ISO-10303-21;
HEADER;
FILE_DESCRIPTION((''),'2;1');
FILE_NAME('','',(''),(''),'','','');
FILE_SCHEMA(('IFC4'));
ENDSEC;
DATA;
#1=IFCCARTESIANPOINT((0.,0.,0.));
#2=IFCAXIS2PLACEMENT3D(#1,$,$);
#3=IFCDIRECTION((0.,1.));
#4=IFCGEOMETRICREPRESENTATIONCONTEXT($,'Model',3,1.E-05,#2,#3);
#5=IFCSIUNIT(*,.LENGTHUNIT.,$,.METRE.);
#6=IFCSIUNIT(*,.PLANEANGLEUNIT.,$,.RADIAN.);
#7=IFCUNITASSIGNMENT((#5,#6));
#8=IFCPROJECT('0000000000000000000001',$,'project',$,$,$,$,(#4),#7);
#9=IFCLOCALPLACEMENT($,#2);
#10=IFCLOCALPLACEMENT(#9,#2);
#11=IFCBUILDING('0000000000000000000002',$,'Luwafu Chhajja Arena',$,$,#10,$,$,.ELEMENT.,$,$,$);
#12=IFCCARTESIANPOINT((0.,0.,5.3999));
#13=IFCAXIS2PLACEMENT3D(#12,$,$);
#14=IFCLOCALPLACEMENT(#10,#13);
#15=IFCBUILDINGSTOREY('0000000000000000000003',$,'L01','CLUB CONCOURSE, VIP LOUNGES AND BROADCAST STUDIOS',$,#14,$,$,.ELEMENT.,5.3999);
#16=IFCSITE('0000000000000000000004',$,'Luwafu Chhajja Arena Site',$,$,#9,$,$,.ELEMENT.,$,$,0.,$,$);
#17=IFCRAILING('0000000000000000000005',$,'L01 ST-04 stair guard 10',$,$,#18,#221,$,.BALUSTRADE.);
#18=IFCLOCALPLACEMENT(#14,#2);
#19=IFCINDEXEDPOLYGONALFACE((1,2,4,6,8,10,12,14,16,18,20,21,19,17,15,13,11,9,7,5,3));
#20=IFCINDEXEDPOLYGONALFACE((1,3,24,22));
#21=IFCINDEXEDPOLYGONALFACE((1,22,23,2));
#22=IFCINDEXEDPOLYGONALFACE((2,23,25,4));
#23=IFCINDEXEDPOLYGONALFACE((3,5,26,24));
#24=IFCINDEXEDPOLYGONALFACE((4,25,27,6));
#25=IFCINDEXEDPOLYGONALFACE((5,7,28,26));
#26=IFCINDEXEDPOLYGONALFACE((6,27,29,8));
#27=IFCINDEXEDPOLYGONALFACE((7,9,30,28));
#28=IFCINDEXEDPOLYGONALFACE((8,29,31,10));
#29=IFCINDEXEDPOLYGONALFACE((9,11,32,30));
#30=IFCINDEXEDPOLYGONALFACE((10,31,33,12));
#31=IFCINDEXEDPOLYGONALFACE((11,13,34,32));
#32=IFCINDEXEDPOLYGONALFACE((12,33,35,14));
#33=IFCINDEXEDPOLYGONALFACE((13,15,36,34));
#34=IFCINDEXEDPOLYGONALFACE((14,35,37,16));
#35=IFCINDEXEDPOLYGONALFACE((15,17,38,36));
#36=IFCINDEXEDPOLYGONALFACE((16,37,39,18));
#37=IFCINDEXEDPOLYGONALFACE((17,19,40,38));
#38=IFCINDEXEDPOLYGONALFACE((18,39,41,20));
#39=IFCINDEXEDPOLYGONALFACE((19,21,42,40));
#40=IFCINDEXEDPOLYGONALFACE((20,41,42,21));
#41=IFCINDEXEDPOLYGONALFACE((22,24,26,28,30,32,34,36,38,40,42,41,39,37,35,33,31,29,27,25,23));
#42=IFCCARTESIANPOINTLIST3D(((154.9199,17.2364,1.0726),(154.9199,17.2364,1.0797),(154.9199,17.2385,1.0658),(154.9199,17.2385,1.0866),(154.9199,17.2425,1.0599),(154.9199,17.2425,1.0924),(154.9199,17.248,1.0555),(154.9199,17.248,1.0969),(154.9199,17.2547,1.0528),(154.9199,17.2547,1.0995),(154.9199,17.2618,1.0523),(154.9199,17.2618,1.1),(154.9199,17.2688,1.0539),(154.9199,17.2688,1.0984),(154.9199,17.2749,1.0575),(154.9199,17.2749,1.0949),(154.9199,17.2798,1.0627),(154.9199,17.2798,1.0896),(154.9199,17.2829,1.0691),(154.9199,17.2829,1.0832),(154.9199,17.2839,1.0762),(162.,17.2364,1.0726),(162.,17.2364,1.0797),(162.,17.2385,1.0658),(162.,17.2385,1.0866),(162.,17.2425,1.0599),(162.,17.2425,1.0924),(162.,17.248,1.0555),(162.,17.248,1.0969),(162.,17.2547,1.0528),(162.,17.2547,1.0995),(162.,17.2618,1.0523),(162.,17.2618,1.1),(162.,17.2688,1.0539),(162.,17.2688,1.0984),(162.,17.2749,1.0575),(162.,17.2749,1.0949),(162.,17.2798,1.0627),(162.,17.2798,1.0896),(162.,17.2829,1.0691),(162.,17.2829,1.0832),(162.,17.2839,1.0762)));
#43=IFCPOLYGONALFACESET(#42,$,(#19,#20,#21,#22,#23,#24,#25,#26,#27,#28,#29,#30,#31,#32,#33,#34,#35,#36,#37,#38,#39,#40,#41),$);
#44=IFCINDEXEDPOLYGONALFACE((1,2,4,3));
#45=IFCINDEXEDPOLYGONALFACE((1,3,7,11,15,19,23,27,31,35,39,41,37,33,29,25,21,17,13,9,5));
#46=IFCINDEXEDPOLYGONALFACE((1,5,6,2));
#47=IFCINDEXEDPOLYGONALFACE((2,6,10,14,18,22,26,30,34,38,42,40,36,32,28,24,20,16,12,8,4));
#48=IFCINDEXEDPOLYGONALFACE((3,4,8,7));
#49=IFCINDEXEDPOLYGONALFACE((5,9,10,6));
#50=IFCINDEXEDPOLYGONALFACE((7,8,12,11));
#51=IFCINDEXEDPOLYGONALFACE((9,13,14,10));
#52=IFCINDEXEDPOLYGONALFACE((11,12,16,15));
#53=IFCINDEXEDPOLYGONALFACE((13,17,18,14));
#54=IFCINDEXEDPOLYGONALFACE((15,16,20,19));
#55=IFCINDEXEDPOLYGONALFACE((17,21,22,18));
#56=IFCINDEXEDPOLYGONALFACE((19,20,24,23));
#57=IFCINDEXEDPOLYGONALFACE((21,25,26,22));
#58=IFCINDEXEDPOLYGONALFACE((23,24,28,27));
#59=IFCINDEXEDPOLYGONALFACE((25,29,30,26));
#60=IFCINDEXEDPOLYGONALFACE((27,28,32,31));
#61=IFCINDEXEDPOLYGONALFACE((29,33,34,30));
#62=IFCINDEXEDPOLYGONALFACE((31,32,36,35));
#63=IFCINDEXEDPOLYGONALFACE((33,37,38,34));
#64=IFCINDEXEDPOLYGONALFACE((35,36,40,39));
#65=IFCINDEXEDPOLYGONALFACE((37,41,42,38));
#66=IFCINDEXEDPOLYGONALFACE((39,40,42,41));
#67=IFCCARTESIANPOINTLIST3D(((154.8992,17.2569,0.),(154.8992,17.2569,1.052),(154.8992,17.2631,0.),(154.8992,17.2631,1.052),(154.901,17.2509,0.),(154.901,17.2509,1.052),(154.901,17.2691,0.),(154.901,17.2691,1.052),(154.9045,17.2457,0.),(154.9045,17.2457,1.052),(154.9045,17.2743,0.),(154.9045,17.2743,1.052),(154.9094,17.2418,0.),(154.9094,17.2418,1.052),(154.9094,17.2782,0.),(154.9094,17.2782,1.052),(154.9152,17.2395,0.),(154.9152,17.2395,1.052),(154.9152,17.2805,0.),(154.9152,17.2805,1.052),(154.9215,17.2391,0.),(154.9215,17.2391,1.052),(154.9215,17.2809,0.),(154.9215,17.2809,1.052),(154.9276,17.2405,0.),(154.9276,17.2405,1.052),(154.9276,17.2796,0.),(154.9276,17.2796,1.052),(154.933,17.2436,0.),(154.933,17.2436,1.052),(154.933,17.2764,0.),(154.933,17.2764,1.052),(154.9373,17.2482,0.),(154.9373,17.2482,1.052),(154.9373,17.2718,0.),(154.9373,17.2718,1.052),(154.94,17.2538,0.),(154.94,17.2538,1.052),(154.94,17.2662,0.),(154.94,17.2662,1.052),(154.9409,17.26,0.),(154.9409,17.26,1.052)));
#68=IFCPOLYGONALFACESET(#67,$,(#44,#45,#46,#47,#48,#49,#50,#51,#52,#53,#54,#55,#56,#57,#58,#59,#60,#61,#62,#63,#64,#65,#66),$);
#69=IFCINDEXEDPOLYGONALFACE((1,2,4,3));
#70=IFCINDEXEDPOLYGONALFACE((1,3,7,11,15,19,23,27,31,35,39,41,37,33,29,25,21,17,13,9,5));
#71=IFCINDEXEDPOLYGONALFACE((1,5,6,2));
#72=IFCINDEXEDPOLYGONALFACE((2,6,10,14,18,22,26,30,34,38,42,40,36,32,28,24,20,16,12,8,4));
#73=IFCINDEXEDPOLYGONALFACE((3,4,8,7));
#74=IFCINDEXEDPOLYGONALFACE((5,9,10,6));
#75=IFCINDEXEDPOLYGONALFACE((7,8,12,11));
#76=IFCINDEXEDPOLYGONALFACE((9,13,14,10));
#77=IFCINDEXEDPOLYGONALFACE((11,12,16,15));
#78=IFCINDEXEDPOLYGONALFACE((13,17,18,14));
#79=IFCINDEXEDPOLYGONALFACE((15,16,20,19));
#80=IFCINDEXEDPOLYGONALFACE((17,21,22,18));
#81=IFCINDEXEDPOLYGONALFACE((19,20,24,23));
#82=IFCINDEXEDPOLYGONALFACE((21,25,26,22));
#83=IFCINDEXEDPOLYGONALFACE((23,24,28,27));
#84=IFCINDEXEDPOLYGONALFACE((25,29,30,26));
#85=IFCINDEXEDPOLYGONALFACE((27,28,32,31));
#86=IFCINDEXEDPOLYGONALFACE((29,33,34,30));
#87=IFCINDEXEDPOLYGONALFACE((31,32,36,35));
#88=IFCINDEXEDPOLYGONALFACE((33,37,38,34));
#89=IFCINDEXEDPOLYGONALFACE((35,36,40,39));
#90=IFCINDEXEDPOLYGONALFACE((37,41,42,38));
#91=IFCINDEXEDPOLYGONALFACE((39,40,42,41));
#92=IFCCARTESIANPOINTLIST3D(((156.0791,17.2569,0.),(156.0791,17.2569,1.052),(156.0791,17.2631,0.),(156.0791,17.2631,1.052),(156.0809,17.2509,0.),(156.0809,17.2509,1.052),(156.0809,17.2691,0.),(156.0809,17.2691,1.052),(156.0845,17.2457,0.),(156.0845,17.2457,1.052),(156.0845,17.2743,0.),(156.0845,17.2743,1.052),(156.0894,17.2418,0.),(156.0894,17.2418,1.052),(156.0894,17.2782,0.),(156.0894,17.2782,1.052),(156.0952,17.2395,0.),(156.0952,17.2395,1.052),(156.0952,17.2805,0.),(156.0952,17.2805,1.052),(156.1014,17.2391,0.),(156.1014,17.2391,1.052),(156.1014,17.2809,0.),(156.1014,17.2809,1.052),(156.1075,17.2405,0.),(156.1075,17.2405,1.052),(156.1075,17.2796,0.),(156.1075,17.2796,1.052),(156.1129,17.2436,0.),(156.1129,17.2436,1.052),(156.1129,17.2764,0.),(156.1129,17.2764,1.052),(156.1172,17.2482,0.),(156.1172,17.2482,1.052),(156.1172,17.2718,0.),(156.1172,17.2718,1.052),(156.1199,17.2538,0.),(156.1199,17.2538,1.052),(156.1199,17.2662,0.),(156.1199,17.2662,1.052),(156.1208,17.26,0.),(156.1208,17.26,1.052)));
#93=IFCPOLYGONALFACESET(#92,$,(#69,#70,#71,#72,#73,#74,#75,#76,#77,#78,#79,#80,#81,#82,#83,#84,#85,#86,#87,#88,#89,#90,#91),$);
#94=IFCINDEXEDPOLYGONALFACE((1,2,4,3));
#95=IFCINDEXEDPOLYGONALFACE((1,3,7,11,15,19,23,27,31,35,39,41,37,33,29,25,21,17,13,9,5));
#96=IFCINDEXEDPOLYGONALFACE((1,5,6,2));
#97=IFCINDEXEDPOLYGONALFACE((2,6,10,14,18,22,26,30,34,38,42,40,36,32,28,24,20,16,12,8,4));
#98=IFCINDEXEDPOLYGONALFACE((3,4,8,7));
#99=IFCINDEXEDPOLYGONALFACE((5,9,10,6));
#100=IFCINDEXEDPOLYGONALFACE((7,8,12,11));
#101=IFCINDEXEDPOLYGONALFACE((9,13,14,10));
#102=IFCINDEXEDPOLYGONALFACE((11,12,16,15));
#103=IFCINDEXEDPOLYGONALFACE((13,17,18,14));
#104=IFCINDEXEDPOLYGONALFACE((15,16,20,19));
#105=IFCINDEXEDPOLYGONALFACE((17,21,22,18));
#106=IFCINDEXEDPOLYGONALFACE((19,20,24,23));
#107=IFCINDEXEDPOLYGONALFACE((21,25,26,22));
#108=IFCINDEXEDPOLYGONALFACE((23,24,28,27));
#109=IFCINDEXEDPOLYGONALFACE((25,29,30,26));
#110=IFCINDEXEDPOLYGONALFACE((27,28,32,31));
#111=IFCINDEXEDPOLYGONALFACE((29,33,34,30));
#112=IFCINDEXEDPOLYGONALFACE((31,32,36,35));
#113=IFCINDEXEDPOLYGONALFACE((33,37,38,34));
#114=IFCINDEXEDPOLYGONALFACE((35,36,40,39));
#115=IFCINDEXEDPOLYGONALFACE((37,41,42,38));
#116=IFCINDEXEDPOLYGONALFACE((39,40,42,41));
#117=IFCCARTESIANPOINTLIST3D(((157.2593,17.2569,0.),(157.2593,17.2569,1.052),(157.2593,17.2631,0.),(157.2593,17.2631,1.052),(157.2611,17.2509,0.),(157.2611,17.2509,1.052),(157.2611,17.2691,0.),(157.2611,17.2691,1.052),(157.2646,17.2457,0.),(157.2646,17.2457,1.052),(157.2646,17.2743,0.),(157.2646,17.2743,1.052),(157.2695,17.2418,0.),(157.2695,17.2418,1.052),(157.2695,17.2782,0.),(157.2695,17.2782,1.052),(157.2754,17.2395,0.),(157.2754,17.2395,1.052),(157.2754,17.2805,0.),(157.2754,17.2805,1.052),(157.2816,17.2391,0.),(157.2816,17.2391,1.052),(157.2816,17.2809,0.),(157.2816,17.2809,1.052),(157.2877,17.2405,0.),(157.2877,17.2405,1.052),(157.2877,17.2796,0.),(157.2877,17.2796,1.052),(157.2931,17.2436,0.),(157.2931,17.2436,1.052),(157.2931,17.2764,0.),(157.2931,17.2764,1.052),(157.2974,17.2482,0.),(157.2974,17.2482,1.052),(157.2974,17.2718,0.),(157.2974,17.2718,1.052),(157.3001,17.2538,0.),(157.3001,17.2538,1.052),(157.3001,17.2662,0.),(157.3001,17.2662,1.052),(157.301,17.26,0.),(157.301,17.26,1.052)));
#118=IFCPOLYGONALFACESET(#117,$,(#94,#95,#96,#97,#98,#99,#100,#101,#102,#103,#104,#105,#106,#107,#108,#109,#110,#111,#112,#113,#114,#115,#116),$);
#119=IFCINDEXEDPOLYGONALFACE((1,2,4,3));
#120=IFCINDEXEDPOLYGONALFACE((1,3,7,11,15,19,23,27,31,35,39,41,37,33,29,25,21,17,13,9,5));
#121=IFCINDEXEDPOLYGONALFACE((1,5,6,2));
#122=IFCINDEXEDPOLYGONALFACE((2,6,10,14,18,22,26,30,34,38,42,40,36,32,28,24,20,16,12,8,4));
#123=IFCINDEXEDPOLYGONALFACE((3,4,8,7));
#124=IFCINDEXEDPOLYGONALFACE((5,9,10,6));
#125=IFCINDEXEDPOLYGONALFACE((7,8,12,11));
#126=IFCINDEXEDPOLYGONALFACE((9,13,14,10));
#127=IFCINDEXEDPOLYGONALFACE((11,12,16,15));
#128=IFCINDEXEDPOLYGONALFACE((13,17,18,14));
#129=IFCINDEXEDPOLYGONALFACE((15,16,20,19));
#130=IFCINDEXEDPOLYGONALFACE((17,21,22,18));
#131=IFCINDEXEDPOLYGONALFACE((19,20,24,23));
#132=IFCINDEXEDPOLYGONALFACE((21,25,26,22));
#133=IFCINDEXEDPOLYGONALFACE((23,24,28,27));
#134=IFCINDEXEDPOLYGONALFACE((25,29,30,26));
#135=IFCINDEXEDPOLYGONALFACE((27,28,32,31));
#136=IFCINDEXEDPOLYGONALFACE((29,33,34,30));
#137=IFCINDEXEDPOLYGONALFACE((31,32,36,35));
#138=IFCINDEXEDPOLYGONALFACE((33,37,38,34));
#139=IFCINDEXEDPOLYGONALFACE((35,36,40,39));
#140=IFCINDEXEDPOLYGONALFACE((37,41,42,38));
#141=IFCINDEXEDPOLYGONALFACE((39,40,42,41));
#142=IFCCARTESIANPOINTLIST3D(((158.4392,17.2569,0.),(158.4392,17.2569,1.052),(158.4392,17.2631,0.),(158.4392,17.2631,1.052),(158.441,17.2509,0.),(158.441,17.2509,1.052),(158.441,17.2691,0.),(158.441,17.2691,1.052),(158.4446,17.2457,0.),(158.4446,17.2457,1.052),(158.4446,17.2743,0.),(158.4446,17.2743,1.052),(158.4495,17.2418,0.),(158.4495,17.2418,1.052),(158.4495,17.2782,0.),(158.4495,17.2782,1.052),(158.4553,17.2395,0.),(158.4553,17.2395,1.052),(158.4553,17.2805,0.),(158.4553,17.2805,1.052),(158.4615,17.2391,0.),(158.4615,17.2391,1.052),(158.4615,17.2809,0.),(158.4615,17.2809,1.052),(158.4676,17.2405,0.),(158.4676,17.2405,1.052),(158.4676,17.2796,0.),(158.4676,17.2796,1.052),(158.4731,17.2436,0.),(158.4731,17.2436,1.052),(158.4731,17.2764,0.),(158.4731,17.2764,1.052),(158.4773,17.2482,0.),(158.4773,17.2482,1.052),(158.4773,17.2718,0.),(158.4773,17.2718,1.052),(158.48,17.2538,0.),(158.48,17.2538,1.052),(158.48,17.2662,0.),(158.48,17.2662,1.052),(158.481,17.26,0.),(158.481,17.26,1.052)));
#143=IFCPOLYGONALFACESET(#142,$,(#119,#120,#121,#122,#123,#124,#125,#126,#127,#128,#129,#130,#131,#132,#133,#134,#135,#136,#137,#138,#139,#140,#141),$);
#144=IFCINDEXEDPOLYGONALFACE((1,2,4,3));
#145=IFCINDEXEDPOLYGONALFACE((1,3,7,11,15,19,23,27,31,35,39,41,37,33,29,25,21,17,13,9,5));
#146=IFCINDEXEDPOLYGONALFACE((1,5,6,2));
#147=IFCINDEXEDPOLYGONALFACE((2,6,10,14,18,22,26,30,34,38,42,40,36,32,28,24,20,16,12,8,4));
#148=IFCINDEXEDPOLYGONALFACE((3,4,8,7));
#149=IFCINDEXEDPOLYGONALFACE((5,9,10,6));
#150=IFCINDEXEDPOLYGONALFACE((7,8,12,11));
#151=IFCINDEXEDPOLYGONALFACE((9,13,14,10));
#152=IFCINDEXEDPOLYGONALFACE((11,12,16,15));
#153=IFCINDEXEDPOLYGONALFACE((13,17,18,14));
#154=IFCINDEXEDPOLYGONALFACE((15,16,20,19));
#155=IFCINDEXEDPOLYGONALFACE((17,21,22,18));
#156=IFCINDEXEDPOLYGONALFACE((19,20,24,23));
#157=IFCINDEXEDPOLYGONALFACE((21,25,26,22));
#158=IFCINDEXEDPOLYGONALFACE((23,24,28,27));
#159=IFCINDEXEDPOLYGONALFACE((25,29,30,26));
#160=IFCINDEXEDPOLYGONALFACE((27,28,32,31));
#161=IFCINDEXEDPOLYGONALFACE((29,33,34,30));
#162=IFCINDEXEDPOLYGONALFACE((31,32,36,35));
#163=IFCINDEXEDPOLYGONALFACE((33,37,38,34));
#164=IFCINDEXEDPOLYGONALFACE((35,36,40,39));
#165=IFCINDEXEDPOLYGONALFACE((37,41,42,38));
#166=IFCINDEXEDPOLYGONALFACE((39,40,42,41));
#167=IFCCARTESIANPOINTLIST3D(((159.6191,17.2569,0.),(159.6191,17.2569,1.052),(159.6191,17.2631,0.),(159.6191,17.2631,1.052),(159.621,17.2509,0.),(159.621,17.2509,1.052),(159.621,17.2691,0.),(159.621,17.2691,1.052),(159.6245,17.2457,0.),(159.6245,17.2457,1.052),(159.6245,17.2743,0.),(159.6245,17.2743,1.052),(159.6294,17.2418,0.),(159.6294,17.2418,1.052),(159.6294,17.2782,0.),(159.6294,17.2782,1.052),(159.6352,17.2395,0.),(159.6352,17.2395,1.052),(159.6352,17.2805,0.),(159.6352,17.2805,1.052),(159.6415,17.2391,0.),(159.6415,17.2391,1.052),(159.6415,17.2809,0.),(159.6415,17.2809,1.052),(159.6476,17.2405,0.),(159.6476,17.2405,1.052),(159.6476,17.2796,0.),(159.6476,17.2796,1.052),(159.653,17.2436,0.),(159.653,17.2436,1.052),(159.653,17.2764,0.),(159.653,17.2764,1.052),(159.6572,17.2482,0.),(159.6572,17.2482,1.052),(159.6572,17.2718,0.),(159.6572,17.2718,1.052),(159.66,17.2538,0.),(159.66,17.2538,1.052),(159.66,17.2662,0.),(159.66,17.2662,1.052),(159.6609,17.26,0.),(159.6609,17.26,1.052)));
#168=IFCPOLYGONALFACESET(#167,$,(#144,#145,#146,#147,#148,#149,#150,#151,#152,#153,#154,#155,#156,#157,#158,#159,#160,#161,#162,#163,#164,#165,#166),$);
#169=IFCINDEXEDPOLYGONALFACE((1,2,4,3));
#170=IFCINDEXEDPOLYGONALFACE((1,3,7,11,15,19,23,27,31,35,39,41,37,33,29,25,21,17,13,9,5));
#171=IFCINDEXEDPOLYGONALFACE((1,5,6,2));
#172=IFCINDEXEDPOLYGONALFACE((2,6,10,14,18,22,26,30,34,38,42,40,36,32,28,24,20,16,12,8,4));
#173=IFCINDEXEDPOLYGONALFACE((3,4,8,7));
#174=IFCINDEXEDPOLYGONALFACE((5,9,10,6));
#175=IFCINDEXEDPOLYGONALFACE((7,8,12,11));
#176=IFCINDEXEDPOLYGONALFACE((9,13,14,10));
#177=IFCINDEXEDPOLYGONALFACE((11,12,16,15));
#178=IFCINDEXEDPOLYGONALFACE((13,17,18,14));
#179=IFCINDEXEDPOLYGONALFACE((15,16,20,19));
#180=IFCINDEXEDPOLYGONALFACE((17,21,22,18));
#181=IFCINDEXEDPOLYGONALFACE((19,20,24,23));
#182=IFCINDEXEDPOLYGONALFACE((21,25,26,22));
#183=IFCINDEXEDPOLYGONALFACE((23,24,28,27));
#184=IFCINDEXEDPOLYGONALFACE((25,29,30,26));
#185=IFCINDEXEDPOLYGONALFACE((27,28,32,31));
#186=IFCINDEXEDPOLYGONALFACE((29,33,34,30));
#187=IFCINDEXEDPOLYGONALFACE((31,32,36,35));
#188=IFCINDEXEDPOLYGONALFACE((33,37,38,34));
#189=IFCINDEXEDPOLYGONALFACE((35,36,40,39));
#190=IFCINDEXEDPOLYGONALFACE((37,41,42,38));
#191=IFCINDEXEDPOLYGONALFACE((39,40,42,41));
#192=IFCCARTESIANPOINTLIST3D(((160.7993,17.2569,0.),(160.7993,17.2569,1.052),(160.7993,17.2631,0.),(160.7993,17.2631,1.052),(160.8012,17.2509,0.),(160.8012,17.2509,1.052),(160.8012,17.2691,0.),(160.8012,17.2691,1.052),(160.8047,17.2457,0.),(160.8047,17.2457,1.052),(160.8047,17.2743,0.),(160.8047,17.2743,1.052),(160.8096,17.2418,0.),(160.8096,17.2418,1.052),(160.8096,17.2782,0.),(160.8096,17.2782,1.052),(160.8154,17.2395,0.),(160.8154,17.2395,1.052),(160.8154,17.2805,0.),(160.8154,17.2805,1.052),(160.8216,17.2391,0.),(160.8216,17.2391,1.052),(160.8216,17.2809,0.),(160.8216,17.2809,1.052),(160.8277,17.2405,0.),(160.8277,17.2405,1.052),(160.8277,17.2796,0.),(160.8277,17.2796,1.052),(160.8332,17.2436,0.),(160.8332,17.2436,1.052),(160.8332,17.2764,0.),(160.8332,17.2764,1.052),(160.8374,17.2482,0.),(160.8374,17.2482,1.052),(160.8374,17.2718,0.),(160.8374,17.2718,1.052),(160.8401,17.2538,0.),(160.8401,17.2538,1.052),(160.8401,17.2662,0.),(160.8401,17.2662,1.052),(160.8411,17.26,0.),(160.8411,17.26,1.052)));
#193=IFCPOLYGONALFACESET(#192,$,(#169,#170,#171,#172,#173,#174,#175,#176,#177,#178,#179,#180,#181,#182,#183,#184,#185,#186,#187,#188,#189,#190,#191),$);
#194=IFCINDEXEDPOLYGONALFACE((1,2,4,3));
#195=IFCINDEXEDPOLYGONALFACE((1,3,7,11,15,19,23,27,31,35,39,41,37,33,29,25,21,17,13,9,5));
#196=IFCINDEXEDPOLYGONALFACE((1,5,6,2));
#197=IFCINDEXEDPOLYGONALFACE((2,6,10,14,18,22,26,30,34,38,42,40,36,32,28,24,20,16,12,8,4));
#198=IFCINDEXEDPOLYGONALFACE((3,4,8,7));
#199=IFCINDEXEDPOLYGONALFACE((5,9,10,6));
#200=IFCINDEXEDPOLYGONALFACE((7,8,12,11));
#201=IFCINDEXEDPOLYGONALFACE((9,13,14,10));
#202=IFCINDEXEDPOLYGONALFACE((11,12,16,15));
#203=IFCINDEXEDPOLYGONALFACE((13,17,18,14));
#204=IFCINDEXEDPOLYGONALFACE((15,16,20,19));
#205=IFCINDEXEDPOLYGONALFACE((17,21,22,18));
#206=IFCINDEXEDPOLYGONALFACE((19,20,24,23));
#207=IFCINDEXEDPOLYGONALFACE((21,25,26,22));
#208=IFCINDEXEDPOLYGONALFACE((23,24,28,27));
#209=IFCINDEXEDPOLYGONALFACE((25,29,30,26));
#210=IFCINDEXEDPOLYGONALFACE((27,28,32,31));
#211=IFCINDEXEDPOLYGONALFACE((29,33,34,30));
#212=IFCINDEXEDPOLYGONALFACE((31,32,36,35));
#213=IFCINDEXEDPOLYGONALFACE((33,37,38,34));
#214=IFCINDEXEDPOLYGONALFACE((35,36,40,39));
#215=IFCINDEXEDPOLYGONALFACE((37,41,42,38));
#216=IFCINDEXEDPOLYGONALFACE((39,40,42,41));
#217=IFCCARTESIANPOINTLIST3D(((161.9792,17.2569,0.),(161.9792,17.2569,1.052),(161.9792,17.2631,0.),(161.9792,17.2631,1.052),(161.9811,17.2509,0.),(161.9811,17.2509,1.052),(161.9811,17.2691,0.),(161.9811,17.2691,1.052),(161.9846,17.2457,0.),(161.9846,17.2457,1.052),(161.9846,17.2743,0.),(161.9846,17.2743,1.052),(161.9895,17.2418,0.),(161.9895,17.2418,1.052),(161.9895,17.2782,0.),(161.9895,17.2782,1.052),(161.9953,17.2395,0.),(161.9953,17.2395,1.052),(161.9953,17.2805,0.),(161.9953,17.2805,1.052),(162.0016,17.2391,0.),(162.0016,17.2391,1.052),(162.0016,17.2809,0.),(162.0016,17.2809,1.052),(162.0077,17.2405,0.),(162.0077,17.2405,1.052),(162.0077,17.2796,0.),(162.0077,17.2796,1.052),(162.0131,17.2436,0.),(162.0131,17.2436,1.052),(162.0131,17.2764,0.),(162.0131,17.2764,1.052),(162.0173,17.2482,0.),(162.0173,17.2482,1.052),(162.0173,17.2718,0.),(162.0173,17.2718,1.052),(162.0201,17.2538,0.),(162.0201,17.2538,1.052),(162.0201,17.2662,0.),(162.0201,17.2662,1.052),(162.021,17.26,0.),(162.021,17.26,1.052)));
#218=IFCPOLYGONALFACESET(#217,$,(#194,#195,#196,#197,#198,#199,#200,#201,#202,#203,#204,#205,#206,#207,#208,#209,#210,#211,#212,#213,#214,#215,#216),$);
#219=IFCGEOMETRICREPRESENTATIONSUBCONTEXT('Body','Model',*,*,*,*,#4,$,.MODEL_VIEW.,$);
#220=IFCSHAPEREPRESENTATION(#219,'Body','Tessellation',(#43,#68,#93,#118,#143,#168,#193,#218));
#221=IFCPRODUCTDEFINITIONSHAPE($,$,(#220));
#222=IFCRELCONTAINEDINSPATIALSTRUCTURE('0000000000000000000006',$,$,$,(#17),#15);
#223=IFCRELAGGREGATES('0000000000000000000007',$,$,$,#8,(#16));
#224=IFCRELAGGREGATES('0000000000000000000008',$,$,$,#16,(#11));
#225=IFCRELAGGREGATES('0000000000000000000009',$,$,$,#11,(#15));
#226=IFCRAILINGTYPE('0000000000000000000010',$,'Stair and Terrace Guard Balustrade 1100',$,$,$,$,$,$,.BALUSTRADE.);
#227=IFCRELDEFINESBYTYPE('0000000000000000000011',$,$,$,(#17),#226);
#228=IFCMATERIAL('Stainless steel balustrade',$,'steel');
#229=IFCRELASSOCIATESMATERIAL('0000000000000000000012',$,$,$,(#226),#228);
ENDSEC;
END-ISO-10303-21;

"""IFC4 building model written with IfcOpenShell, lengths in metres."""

from ifc_helpers import new_model, si_unit, direction, frame, origin, origin_2d, place, context, subcontext, project, spatial, circle, extrude, material, type_object, element, save


model = new_model("IFC4")

# Units and contexts
model_context = context("Model", 3, precision=1e-05, world=origin(), true_north=direction((0.0, 1.0)))
body_context = subcontext(model_context, "Body", "Model", "MODEL_VIEW")
ifc_project = project(units=[si_unit("LENGTHUNIT", "METRE"), si_unit("PLANEANGLEUNIT", "RADIAN")], contexts=[model_context])

# Site, building, storey
site_placement = place(None, origin())
site = spatial("IfcSite", under=ifc_project, at=site_placement, Name="Luwafu Chhajja Arena Site", CompositionType="ELEMENT", RefElevation=0.0)
building_placement = place(site_placement, origin())
building = spatial("IfcBuilding", under=site, at=building_placement, Name="Luwafu Chhajja Arena", CompositionType="ELEMENT")
storey_placement = place(building_placement, frame((0.0, 0.0, 5.3999)))
storey = spatial("IfcBuildingStorey", under=building, at=storey_placement, Name="L01", Description="CLUB CONCOURSE, VIP LOUNGES AND BROADCAST STUDIOS", CompositionType="ELEMENT", Elevation=5.3999)

# Railing
ifc_material_1 = material(Name="Stainless steel balustrade", Category="steel")
railing_type_1 = type_object("IfcRailingType", Name="Stair and Terrace Guard Balustrade 1100", PredefinedType="BALUSTRADE", material=ifc_material_1)
railing_1_placement = place(storey_placement, frame((154.9199, 17.26, 0.0)))
element("IfcRailing", 1, at=railing_1_placement, inside=storey, type_object=railing_type_1, Name="L01 ST-04 stair guard 10", PredefinedType="BALUSTRADE", context=body_context, shape_type="SweptSolid", body=[
    extrude(circle(Radius=0.0239, at=origin_2d()), frame((0.0, 0.0, 1.0762), z_axis=(1.0, 0.0, 0.0), x_axis=(0.0, 1.0, 0.0)), (0.0, 0.0, 1.0), 7.0801),
    extrude(circle(Radius=0.021, at=origin_2d()), origin(), (0.0, 0.0, 1.0), 1.052),
    extrude(circle(Radius=0.021, at=origin_2d()), frame((1.1799, 0.0, 0.0)), (0.0, 0.0, 1.0), 1.052),
    extrude(circle(Radius=0.021, at=origin_2d()), frame((2.3601, 0.0, 0.0)), (0.0, 0.0, 1.0), 1.052),
    extrude(circle(Radius=0.021, at=origin_2d()), frame((3.54, 0.0, 0.0)), (0.0, 0.0, 1.0), 1.052),
    extrude(circle(Radius=0.021, at=origin_2d()), frame((4.72, 0.0, 0.0)), (0.0, 0.0, 1.0), 1.052),
    extrude(circle(Radius=0.021, at=origin_2d()), frame((5.9001, 0.0, 0.0)), (0.0, 0.0, 1.0), 1.052),
    extrude(circle(Radius=0.021, at=origin_2d()), frame((7.0801, 0.0, 0.0)), (0.0, 0.0, 1.0), 1.052),
])

save(model, "model.ifc")
